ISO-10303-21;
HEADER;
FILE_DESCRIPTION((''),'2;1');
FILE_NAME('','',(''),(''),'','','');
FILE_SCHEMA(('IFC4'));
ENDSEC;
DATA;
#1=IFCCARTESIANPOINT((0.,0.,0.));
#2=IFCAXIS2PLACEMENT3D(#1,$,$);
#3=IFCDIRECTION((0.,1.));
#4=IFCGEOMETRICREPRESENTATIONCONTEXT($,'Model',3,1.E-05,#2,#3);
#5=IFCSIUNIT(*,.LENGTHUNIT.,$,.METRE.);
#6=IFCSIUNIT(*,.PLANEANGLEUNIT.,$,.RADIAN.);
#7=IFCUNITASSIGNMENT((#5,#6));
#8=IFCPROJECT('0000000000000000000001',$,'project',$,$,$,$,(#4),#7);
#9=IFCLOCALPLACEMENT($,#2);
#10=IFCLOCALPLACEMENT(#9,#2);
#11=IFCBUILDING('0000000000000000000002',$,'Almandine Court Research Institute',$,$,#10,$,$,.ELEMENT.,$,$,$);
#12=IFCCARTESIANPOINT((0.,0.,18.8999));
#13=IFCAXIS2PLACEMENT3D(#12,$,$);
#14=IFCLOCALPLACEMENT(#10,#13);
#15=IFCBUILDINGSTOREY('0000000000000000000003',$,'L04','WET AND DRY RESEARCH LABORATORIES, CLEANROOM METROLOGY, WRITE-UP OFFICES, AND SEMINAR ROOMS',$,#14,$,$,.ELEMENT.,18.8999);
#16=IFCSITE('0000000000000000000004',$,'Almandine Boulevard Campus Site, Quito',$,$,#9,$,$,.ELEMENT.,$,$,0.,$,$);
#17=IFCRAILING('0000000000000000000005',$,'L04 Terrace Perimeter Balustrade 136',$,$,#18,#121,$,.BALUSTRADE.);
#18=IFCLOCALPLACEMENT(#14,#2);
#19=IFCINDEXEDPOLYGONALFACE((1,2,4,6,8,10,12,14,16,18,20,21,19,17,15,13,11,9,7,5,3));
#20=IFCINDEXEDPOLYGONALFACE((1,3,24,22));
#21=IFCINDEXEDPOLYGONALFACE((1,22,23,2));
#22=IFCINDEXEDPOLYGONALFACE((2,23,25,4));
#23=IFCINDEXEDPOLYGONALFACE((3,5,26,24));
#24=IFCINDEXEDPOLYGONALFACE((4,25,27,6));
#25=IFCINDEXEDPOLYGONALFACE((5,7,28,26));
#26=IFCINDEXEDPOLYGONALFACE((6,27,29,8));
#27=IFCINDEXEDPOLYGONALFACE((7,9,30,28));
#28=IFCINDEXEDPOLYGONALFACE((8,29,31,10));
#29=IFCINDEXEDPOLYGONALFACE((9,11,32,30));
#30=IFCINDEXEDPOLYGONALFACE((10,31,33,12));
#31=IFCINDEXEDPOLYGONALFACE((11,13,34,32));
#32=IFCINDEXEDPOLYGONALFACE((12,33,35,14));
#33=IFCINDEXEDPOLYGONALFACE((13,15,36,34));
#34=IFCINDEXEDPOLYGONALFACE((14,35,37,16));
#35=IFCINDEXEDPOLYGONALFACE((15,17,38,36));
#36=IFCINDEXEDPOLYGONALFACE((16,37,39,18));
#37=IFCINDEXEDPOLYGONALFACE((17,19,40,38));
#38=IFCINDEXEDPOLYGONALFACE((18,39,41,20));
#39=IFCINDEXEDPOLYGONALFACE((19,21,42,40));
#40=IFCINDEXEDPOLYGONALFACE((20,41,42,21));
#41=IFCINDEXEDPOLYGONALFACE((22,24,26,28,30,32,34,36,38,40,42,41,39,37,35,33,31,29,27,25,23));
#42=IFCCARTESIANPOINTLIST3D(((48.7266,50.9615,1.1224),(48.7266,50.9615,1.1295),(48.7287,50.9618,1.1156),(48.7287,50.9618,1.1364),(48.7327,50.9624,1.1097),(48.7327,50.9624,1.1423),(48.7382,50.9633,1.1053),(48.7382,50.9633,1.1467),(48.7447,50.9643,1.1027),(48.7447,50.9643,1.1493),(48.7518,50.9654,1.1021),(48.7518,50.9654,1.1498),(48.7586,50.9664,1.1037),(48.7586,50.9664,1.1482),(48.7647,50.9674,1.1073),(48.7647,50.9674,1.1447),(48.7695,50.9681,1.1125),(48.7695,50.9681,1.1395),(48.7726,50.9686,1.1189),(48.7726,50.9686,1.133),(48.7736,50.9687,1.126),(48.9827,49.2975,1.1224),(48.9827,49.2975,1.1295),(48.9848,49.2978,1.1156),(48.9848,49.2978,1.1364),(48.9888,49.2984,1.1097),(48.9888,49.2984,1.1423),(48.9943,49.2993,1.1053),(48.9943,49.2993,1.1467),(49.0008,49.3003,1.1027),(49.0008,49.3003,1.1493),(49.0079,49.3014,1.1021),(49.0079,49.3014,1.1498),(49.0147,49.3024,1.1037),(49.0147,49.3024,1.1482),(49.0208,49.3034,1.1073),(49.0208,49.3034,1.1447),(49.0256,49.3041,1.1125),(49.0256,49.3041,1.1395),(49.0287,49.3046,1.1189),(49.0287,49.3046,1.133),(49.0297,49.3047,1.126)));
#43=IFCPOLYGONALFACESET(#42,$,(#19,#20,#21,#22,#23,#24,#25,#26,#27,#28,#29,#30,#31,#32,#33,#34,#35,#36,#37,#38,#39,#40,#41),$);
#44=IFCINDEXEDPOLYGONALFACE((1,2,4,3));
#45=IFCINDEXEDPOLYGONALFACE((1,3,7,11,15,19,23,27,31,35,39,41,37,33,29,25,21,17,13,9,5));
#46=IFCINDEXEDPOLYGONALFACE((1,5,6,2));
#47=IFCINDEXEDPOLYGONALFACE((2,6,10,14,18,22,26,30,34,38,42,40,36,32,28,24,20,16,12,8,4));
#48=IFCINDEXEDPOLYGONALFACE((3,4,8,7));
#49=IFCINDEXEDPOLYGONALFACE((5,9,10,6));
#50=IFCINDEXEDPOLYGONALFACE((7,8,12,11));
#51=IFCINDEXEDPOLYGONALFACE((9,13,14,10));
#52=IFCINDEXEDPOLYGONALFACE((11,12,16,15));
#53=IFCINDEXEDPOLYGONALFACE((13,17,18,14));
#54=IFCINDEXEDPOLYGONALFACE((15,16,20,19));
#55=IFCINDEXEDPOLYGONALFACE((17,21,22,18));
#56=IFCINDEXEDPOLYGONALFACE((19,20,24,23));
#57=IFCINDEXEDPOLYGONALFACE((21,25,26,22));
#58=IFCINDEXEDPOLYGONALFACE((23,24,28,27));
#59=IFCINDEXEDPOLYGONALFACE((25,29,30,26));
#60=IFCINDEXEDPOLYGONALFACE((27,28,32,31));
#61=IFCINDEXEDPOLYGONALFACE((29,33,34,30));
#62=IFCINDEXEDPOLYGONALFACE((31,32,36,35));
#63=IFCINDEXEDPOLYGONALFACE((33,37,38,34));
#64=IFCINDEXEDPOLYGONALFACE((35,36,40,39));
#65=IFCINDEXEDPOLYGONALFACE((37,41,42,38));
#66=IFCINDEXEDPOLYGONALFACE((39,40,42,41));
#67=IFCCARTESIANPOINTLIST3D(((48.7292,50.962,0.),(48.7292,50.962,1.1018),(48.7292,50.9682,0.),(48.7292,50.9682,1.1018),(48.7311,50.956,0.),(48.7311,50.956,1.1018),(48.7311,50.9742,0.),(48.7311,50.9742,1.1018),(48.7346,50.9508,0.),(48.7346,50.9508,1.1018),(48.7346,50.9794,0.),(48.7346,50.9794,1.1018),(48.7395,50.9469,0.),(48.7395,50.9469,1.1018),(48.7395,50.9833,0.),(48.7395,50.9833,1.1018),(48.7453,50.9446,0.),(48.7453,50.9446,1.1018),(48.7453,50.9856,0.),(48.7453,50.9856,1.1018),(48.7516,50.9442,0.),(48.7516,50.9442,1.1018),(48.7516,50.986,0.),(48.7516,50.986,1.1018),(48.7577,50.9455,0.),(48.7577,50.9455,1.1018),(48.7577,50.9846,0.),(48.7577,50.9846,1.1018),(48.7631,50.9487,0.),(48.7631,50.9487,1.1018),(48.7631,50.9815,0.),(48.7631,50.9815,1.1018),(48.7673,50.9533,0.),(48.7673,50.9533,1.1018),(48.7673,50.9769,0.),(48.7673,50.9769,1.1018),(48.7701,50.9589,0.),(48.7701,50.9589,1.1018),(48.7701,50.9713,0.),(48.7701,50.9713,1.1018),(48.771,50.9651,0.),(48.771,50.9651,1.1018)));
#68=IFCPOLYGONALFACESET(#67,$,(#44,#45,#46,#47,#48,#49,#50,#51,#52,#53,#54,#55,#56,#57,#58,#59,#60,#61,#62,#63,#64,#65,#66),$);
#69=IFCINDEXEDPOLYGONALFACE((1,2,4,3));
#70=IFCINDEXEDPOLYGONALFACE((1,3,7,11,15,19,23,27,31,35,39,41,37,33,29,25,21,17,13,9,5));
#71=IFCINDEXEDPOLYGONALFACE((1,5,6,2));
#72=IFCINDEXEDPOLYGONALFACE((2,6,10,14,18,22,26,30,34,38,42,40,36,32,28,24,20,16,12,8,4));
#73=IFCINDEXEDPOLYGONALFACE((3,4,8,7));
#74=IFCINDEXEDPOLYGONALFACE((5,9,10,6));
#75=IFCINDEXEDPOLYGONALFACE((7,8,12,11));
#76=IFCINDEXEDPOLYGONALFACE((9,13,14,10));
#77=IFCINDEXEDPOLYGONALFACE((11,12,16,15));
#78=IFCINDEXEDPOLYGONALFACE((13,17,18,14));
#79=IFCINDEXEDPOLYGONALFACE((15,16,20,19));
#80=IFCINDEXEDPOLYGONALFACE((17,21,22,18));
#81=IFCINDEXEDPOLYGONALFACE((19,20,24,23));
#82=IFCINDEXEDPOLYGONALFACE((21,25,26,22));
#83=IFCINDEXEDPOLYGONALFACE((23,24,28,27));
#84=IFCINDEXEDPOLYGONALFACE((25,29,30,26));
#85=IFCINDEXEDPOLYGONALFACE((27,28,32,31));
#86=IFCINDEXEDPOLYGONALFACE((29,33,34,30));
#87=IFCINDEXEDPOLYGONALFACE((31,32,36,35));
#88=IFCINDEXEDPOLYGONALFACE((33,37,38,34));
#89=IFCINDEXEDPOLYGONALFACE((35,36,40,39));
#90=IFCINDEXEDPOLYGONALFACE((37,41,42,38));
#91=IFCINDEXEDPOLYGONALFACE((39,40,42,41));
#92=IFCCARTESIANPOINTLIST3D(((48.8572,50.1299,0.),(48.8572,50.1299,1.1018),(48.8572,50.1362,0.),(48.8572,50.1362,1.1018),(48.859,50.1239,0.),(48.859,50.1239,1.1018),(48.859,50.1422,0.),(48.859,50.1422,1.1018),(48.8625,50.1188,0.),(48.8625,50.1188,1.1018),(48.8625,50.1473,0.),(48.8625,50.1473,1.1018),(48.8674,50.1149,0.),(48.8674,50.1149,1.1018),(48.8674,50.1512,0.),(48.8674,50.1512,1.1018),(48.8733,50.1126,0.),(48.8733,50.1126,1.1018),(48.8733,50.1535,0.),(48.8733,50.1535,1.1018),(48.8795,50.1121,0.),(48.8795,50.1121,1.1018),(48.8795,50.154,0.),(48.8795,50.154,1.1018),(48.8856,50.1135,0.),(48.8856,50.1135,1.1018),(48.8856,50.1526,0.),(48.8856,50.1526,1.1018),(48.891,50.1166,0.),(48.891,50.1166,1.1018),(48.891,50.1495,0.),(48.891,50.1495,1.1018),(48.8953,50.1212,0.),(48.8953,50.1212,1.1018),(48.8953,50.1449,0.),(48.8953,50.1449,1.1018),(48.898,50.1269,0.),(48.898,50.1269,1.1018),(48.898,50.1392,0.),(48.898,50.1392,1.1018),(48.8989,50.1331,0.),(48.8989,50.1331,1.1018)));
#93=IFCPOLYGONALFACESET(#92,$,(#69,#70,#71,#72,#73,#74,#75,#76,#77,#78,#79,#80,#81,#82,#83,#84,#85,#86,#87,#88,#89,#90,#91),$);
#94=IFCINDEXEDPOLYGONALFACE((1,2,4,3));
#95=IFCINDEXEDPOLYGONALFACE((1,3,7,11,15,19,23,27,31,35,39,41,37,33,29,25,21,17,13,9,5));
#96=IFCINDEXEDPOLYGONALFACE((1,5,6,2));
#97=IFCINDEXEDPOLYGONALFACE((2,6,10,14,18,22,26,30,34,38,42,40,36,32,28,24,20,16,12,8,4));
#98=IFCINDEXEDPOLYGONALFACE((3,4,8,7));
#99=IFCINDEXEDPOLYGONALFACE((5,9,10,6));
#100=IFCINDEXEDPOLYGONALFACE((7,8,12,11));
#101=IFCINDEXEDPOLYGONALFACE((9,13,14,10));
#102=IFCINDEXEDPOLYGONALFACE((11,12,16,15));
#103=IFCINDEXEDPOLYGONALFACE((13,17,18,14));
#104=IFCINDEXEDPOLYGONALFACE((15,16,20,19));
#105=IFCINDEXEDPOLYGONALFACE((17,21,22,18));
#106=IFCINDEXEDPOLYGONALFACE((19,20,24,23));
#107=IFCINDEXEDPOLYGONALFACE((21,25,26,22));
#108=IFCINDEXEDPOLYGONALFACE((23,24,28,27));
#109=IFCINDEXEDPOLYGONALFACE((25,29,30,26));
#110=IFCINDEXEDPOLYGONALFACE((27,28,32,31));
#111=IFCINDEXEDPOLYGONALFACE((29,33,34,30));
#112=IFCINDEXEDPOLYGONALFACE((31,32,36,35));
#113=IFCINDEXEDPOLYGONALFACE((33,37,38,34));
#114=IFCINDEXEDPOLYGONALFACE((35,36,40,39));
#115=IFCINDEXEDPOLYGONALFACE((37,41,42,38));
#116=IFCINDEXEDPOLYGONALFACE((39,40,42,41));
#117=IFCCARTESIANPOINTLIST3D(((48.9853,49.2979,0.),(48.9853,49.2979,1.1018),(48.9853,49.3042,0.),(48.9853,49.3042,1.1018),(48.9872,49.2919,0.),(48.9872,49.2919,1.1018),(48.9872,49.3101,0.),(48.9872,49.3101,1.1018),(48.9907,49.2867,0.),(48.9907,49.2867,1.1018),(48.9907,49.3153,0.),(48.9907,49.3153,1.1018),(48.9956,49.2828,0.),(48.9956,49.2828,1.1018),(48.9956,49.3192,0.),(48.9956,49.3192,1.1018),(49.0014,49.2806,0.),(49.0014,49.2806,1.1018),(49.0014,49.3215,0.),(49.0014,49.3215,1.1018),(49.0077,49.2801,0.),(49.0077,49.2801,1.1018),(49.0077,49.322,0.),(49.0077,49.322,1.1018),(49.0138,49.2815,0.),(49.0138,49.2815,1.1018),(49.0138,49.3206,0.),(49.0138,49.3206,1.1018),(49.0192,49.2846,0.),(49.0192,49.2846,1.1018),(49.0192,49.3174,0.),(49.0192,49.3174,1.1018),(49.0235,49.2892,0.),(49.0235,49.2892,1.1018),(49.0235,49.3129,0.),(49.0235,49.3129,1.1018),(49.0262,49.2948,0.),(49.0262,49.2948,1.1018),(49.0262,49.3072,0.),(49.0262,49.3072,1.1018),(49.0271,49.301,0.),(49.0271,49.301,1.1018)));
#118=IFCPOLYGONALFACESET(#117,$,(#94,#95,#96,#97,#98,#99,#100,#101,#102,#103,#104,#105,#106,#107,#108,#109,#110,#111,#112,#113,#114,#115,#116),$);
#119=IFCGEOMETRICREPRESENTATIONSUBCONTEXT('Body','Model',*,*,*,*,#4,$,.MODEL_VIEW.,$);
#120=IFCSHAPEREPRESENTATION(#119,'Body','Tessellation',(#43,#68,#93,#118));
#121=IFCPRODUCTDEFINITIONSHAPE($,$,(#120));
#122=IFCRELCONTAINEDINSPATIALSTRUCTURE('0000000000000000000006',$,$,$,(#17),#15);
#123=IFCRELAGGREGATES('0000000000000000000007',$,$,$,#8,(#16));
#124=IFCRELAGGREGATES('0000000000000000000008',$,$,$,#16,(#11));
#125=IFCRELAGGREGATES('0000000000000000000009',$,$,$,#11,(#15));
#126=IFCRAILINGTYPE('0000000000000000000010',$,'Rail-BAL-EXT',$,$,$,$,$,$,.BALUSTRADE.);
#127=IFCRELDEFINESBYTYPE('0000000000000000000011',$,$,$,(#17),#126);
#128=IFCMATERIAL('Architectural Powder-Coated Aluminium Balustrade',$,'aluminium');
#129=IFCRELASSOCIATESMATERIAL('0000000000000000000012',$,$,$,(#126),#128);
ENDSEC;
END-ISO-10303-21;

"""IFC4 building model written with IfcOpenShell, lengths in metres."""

from ifc_helpers import new_model, si_unit, direction, frame, origin, origin_2d, place, context, subcontext, project, spatial, circle, extrude, material, type_object, element, save


model = new_model("IFC4")

# Units and contexts
model_context = context("Model", 3, precision=1e-05, world=origin(), true_north=direction((0.0, 1.0)))
body_context = subcontext(model_context, "Body", "Model", "MODEL_VIEW")
ifc_project = project(units=[si_unit("LENGTHUNIT", "METRE"), si_unit("PLANEANGLEUNIT", "RADIAN")], contexts=[model_context])

# Site, building, storey
site_placement = place(None, origin())
site = spatial("IfcSite", under=ifc_project, at=site_placement, Name="Almandine Boulevard Campus Site, Quito", CompositionType="ELEMENT", RefElevation=0.0)
building_placement = place(site_placement, origin())
building = spatial("IfcBuilding", under=site, at=building_placement, Name="Almandine Court Research Institute", CompositionType="ELEMENT")
storey_placement = place(building_placement, frame((0.0, 0.0, 18.8999)))
storey = spatial("IfcBuildingStorey", under=building, at=storey_placement, Name="L04", Description="WET AND DRY RESEARCH LABORATORIES, CLEANROOM METROLOGY, WRITE-UP OFFICES, AND SEMINAR ROOMS", CompositionType="ELEMENT", Elevation=18.8999)

# Railing
ifc_material_1 = material(Name="Architectural Powder-Coated Aluminium Balustrade", Category="aluminium")
railing_type = type_object("IfcRailingType", Name="Rail-BAL-EXT", PredefinedType="BALUSTRADE", material=ifc_material_1)
railing_1_placement = place(storey_placement, frame((48.75, 50.9651, 0.0)))
element("IfcRailing", 1, at=railing_1_placement, inside=storey, type_object=railing_type, Name="L04 Terrace Perimeter Balustrade 136", PredefinedType="BALUSTRADE", context=body_context, shape_type="SweptSolid", body=[
    extrude(circle(Radius=0.0239, at=origin_2d()), frame((0.0, 0.0, 1.126), z_axis=(0.152112, -0.988363, 0.0), x_axis=(0.988363, 0.152112, 0.0)), (0.0, 0.0, 1.0), 1.6836),
    extrude(circle(Radius=0.021, at=origin_2d()), origin(), (0.0, 0.0, 1.0), 1.1018),
    extrude(circle(Radius=0.021, at=origin_2d()), frame((0.1279, -0.832, 0.0)), (0.0, 0.0, 1.0), 1.1018),
    extrude(circle(Radius=0.021, at=origin_2d()), frame((0.2561, -1.6641, 0.0)), (0.0, 0.0, 1.0), 1.1018),
])

save(model, "model.ifc")
